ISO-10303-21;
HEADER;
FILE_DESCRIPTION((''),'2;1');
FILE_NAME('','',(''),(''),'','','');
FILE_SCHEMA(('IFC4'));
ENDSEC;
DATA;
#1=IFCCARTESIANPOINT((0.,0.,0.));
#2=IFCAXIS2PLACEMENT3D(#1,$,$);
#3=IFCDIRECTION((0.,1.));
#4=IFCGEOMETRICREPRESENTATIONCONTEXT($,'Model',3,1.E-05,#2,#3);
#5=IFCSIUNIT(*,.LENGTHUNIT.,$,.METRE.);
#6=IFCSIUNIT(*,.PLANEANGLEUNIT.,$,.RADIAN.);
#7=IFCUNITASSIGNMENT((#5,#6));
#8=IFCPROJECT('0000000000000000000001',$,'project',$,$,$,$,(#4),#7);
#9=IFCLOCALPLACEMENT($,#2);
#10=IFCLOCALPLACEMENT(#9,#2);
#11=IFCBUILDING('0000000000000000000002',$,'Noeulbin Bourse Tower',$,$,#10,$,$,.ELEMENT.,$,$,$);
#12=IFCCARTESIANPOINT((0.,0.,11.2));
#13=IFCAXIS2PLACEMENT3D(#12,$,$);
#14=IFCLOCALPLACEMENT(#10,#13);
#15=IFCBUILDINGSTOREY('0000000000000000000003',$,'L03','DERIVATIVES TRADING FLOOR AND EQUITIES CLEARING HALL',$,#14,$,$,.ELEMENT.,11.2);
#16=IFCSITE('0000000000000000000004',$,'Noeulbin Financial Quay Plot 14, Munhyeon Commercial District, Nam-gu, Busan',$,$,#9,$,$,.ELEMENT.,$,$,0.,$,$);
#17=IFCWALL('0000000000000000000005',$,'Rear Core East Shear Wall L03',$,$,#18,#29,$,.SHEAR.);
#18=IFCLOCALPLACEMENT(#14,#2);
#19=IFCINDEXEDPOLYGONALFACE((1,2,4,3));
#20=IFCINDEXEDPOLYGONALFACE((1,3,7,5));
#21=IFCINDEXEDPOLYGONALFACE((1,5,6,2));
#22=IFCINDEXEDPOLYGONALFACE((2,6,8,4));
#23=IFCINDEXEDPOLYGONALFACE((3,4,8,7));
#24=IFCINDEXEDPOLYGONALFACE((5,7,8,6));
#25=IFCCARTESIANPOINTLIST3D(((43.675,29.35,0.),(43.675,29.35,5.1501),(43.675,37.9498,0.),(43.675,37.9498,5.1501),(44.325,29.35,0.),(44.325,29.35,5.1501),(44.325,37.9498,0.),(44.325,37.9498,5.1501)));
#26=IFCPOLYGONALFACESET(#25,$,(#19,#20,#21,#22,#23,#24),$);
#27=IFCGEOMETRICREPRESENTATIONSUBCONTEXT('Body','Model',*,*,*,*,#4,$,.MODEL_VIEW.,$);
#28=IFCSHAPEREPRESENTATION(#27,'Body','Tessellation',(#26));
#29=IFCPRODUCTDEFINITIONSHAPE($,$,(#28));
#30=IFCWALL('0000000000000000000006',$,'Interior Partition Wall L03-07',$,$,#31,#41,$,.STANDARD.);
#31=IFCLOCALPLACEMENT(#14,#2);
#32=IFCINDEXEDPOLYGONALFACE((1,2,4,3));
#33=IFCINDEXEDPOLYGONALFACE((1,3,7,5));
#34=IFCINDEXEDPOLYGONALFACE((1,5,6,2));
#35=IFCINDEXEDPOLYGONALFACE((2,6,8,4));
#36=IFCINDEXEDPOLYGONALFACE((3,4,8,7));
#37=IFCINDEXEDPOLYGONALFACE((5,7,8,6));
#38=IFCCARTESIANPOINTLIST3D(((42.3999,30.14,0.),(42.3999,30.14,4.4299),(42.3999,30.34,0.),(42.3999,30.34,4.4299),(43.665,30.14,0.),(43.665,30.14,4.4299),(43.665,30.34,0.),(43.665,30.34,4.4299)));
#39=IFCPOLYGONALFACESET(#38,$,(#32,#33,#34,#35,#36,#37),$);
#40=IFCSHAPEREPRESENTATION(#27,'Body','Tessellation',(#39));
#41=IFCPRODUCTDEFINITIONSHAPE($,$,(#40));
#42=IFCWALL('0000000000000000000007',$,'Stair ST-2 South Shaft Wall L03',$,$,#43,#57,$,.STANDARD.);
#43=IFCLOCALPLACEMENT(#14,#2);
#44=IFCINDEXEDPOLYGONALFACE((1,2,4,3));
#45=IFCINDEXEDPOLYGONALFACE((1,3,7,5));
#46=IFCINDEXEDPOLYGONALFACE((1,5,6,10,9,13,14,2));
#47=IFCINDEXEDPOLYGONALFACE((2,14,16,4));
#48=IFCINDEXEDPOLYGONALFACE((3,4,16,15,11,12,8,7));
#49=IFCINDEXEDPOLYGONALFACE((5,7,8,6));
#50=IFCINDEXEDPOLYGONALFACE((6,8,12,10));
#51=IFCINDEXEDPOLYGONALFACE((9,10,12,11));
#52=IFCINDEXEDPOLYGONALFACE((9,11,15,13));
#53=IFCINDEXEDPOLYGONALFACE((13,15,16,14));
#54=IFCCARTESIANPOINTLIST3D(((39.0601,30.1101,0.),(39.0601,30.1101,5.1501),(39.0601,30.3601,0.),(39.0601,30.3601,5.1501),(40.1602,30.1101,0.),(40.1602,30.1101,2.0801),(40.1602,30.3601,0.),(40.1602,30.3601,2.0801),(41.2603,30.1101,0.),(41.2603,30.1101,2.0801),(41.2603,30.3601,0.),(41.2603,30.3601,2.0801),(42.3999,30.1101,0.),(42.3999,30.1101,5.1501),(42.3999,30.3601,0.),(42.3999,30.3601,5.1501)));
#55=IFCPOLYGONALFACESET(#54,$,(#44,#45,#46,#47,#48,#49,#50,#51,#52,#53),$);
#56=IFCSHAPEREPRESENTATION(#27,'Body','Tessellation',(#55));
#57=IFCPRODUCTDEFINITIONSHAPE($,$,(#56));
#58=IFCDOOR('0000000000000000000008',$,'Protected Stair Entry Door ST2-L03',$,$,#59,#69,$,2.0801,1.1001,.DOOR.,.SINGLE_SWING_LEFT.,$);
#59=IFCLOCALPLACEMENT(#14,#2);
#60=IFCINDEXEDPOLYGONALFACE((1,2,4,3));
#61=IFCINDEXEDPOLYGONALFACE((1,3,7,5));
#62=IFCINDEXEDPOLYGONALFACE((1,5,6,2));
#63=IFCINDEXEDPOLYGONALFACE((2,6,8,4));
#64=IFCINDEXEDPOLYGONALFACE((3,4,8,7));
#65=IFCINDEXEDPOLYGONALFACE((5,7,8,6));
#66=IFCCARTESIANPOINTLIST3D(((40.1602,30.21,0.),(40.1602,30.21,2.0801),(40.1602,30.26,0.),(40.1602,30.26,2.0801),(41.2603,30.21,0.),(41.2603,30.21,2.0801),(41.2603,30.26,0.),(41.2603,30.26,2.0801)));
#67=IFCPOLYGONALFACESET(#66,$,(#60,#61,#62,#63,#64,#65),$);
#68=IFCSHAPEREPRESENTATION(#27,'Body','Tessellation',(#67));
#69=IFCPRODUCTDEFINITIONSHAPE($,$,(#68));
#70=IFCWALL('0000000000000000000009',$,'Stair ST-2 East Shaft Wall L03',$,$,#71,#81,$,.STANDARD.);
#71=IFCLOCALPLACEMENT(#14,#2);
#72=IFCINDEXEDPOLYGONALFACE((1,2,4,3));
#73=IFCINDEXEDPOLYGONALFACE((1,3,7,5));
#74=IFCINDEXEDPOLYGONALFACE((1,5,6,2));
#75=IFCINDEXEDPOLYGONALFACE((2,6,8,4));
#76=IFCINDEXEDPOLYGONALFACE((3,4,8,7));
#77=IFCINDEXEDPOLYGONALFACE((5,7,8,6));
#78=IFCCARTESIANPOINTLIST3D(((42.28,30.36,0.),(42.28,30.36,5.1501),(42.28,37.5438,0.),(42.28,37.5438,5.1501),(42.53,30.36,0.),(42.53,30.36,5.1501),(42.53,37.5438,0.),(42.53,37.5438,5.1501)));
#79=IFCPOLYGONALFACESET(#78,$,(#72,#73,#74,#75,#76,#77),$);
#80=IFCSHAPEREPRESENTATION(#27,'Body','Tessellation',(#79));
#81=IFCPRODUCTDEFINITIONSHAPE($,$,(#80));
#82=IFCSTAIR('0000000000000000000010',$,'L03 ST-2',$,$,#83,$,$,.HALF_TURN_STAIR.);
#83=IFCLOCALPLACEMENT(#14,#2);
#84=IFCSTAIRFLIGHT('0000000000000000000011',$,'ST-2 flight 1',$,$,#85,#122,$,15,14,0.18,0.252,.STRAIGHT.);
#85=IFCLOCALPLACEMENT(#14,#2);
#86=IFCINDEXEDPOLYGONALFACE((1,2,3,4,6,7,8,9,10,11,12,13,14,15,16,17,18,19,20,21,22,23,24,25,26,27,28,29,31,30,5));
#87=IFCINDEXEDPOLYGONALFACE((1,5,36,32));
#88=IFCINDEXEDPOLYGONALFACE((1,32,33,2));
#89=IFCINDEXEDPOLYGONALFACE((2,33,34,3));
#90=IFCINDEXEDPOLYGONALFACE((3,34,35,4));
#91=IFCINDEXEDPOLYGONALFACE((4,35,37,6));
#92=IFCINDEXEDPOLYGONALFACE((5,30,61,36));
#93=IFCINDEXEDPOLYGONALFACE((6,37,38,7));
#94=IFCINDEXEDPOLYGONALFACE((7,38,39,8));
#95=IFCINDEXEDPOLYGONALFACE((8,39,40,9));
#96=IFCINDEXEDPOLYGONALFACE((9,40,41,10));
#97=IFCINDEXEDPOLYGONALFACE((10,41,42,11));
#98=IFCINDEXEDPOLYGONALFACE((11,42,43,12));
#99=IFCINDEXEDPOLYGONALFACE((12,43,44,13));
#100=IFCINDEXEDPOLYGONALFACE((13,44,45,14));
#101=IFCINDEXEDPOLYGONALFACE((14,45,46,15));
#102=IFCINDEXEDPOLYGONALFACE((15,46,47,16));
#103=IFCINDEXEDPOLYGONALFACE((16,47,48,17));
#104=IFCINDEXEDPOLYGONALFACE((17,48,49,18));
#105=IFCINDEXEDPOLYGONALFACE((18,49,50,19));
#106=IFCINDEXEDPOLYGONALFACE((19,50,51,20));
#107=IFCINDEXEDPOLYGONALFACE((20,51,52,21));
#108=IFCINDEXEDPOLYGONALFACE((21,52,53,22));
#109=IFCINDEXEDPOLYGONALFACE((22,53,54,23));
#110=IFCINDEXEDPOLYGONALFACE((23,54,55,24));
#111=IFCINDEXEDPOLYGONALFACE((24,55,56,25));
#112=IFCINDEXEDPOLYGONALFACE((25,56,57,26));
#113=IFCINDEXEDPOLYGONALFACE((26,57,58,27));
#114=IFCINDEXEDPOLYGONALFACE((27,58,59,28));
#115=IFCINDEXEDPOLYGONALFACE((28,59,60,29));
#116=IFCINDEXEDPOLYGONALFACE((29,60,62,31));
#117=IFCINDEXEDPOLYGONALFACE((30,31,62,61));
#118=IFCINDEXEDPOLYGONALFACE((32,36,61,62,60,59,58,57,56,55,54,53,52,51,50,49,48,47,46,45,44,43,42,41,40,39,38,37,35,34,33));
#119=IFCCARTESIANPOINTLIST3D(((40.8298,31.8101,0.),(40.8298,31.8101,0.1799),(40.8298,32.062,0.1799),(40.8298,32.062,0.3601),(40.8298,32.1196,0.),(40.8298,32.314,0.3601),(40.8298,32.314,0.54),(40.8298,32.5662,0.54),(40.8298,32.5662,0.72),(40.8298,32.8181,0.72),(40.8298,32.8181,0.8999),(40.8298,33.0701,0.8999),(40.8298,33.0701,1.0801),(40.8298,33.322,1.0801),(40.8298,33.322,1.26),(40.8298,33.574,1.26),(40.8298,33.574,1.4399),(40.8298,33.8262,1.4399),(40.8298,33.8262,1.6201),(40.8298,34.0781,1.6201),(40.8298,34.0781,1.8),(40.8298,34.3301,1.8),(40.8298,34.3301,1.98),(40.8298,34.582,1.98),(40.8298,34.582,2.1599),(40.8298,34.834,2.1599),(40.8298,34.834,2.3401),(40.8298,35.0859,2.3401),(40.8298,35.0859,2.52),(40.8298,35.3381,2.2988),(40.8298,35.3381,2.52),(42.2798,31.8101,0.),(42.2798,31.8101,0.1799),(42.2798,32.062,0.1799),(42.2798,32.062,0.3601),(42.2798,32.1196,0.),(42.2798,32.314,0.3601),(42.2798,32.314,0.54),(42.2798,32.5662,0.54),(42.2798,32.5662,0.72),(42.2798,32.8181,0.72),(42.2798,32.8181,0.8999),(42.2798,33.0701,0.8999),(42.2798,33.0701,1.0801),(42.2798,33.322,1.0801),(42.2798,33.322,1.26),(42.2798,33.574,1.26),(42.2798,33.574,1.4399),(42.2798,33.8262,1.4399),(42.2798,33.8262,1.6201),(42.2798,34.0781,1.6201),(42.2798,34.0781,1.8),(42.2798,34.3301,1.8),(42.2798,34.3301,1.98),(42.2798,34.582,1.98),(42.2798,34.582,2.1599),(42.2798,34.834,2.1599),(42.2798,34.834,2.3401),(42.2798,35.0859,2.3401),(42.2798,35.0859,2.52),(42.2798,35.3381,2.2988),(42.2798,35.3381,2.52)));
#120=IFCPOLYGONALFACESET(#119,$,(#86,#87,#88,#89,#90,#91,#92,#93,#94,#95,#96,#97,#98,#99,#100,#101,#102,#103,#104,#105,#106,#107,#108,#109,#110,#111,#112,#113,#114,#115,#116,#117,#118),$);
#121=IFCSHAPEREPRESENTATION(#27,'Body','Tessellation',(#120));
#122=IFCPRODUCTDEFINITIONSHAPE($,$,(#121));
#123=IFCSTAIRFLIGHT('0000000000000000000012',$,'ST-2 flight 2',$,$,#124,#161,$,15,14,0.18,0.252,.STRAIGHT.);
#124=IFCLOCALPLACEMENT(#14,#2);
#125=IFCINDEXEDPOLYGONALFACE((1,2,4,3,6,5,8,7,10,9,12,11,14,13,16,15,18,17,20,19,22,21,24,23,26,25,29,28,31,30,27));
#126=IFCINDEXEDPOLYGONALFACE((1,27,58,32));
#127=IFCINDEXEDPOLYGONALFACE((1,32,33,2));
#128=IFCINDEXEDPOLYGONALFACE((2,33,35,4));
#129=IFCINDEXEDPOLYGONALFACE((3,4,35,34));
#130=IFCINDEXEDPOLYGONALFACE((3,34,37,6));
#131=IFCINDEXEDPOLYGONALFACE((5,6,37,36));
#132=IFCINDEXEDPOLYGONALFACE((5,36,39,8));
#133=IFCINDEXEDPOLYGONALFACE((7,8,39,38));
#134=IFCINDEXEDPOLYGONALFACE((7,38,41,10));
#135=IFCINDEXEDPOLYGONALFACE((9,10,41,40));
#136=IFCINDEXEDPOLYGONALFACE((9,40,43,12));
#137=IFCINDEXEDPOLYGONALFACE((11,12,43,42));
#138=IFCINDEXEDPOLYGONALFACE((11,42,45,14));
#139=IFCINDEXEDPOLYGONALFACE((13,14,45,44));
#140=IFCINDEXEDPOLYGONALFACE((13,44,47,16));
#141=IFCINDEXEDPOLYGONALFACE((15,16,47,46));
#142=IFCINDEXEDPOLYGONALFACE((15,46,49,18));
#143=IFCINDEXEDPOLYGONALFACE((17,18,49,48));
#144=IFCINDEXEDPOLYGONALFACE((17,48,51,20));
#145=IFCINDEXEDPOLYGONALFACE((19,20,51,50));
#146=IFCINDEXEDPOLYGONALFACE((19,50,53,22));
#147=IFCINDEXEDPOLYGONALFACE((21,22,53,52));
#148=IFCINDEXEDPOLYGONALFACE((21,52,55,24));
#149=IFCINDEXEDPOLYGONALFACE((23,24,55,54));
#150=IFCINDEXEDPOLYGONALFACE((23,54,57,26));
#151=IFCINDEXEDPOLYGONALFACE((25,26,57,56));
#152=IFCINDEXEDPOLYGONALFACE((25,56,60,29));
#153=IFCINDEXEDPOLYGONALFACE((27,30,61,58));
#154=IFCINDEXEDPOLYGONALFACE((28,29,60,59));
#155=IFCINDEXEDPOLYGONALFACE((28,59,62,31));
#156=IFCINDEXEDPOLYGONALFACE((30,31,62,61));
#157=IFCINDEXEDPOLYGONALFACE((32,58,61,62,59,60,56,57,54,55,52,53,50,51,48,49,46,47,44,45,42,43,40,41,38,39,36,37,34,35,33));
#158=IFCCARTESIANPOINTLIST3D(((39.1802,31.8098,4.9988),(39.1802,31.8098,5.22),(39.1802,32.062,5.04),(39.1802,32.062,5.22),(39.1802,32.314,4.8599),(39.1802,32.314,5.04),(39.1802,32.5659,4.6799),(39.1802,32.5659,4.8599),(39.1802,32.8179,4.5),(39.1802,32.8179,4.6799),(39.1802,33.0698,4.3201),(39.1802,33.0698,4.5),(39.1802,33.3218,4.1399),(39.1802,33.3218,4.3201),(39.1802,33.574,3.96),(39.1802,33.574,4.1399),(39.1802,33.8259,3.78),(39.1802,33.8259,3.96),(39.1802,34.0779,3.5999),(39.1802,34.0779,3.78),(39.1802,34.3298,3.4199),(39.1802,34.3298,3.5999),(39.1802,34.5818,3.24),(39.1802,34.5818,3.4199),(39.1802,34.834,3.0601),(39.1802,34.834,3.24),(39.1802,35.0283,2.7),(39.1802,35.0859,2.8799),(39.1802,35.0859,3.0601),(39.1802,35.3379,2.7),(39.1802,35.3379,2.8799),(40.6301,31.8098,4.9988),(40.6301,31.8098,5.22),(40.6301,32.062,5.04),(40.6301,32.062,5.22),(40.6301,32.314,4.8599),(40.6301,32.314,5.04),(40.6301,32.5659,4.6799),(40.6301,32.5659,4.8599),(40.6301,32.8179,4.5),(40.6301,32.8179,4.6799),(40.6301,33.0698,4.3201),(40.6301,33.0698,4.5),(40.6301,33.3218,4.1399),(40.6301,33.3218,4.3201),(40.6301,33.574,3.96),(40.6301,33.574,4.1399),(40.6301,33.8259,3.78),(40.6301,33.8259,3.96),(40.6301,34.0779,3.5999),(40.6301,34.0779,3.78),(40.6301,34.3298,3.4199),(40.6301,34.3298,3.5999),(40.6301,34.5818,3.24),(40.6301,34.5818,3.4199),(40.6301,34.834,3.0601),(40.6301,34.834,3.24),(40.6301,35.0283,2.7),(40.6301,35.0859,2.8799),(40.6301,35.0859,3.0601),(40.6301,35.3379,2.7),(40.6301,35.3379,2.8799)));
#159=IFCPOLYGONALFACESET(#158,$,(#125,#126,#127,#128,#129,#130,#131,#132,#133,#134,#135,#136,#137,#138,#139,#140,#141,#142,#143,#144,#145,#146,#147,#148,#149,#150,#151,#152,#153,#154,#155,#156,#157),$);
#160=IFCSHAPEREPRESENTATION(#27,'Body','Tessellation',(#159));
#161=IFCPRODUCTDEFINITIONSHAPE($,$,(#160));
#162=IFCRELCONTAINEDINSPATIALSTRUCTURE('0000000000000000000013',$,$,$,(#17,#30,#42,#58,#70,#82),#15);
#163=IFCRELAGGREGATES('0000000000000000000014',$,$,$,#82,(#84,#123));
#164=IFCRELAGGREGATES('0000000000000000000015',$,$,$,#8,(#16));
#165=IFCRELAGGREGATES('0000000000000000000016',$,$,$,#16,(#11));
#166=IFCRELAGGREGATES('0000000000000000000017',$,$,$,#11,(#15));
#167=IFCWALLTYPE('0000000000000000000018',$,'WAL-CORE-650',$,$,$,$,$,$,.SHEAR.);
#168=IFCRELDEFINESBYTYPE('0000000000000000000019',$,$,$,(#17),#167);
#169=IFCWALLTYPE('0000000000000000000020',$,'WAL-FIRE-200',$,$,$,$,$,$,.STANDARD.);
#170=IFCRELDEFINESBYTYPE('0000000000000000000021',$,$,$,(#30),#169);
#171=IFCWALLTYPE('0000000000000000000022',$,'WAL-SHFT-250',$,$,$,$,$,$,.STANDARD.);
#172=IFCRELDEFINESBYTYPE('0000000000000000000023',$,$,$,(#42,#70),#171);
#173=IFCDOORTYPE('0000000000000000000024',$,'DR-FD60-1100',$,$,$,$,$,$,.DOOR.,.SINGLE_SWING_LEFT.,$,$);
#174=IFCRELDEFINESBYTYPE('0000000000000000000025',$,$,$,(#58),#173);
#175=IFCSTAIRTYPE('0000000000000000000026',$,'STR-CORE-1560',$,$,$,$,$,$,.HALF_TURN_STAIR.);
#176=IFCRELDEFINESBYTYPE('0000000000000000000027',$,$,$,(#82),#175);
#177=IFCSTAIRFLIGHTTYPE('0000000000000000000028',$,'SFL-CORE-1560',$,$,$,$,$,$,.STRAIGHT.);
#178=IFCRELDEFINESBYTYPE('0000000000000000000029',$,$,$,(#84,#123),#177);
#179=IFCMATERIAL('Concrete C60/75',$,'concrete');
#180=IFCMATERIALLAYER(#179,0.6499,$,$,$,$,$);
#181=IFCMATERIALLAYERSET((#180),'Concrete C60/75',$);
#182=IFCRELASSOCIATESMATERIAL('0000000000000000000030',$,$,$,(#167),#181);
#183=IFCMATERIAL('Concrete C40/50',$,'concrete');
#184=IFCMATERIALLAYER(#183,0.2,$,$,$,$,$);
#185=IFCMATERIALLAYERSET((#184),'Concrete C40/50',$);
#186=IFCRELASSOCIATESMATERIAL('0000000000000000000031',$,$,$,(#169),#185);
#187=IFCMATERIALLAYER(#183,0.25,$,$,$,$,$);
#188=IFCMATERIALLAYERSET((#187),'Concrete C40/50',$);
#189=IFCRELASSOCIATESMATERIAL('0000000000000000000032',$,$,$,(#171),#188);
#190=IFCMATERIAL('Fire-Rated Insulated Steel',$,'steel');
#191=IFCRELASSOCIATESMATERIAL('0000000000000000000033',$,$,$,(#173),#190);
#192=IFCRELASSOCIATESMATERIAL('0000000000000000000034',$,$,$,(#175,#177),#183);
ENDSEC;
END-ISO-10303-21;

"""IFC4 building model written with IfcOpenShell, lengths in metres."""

from ifc_helpers import new_model, si_unit, direction, frame, frame_2d, origin, place, context, subcontext, project, spatial, polyline, rectangle, outline, extrude, material, layer, layer_set, type_object, element, fill, aggregate, save


model = new_model("IFC4")

# Units and contexts
model_context = context("Model", 3, precision=1e-05, world=origin(), true_north=direction((0.0, 1.0)))
body_context = subcontext(model_context, "Body", "Model", "MODEL_VIEW")
ifc_project = project(units=[si_unit("LENGTHUNIT", "METRE"), si_unit("PLANEANGLEUNIT", "RADIAN")], contexts=[model_context])

# Site, building, storey
site_placement = place(None, origin())
site = spatial("IfcSite", under=ifc_project, at=site_placement, Name="Noeulbin Financial Quay Plot 14, Munhyeon Commercial District, Nam-gu, Busan", CompositionType="ELEMENT", RefElevation=0.0)
building_placement = place(site_placement, origin())
building = spatial("IfcBuilding", under=site, at=building_placement, Name="Noeulbin Bourse Tower", CompositionType="ELEMENT")
storey_placement = place(building_placement, frame((0.0, 0.0, 11.2)))
storey = spatial("IfcBuildingStorey", under=building, at=storey_placement, Name="L03", Description="DERIVATIVES TRADING FLOOR AND EQUITIES CLEARING HALL", CompositionType="ELEMENT", Elevation=11.2)

# Shared definitions
ifc_material_1 = material(Name="Concrete C60/75", Category="concrete")

# Walls
ifc_layer_1 = layer(ifc_material_1, 0.6499)
ifc_layer_set_1 = layer_set([ifc_layer_1], Name="Concrete C60/75")
wall_type_1 = type_object("IfcWallType", Name="WAL-CORE-650", PredefinedType="SHEAR", material=ifc_layer_set_1)
wall_1_placement = place(storey_placement, frame((44.0, 29.3501, 0.0), z_axis=(0.0, 0.0, 1.0), x_axis=(0.0, 1.0, 0.0)))
element("IfcWall", 1, at=wall_1_placement, inside=storey, type_object=wall_type_1, Name="Rear Core East Shear Wall L03", PredefinedType="SHEAR", context=body_context, shape_type="SweptSolid", body=[
    extrude(rectangle(XDim=8.5999, YDim=0.6499, at=frame_2d((4.2998, 0.0))), origin(), (0.0, 0.0, 1.0), 5.1501),
])
ifc_material_2 = material(Name="Concrete C40/50", Category="concrete")
ifc_layer_2 = layer(ifc_material_2, 0.2)
ifc_layer_set_2 = layer_set([ifc_layer_2], Name="Concrete C40/50")
wall_type_2 = type_object("IfcWallType", Name="WAL-FIRE-200", PredefinedType="STANDARD", material=ifc_layer_set_2)
wall_2_placement = place(storey_placement, frame((42.3999, 30.24, 0.0), z_axis=(0.0, 0.0, 1.0), x_axis=(1.0, 0.0, 0.0)))
element("IfcWall", 2, at=wall_2_placement, inside=storey, type_object=wall_type_2, Name="Interior Partition Wall L03-07", PredefinedType="STANDARD", context=body_context, shape_type="SweptSolid", body=[
    extrude(rectangle(XDim=1.2651, YDim=0.2, at=frame_2d((0.6326, 0.0))), origin(), (0.0, 0.0, 1.0), 4.4299),
])

# Wall, opening, door
ifc_layer_3 = layer(ifc_material_2, 0.25)
ifc_layer_set_3 = layer_set([ifc_layer_3], Name="Concrete C40/50")
wall_type_3 = type_object("IfcWallType", Name="WAL-SHFT-250", PredefinedType="STANDARD", material=ifc_layer_set_3)
wall_3_placement = place(storey_placement, frame((39.0601, 30.2351, 0.0), z_axis=(0.0, 0.0, 1.0), x_axis=(1.0, 0.0, 0.0)))
wall_3 = element("IfcWall", 3, at=wall_3_placement, inside=storey, type_object=wall_type_3, Name="Stair ST-2 South Shaft Wall L03", PredefinedType="STANDARD", context=body_context, shape_type="SweptSolid", body=[
    extrude(rectangle(XDim=3.3398, YDim=0.25, at=frame_2d((1.6699, 0.0))), origin(), (0.0, 0.0, 1.0), 5.1501),
])
opening_placement = place(wall_3_placement, frame((1.1001, 0.0, 0.0)))
opening = element("IfcOpeningElement", 4, at=opening_placement, cuts=wall_3, PredefinedType="OPENING", context=body_context, shape_type="SweptSolid", body=[
    extrude(rectangle(XDim=1.1001, YDim=2.0801, at=frame_2d((0.55, 1.04))), frame((0.0, 0.135, 0.0), z_axis=(0.0, -1.0, 0.0), x_axis=(1.0, 0.0, 0.0)), (0.0, 0.0, 1.0), 0.27),
])
ifc_material_3 = material(Name="Fire-Rated Insulated Steel", Category="steel")
door_type = type_object("IfcDoorType", Name="DR-FD60-1100", OperationType="SINGLE_SWING_LEFT", PredefinedType="DOOR", material=ifc_material_3)
door_placement = place(opening_placement, origin())
door = element("IfcDoor", 5, at=door_placement, inside=storey, type_object=door_type, Name="Protected Stair Entry Door ST2-L03", OperationType="SINGLE_SWING_LEFT", OverallHeight=2.0801, OverallWidth=1.1001, PredefinedType="DOOR", context=body_context, shape_type="SweptSolid", body=[
    extrude(rectangle(XDim=1.1001, YDim=2.0801, at=frame_2d((0.55, 1.04))), frame((0.0, 0.0249, 0.0), z_axis=(0.0, -1.0, 0.0), x_axis=(1.0, 0.0, 0.0)), (0.0, 0.0, 1.0), 0.05),
])
fill(opening, door)

# Wall
wall_4_placement = place(storey_placement, frame((42.405, 30.3601, 0.0), z_axis=(0.0, 0.0, 1.0), x_axis=(0.0, 1.0, 0.0)))
element("IfcWall", 6, at=wall_4_placement, inside=storey, type_object=wall_type_3, Name="Stair ST-2 East Shaft Wall L03", PredefinedType="STANDARD", context=body_context, shape_type="SweptSolid", body=[
    extrude(rectangle(XDim=7.1838, YDim=0.25, at=frame_2d((3.5918, 0.0))), origin(), (0.0, 0.0, 1.0), 5.1501),
])

# Stair, stair flights
stair_type = type_object("IfcStairType", Name="STR-CORE-1560", PredefinedType="HALF_TURN_STAIR", material=ifc_material_2)
stair_placement = place(storey_placement, origin())
stair = element("IfcStair", 7, at=stair_placement, inside=storey, type_object=stair_type, Name="L03 ST-2", PredefinedType="HALF_TURN_STAIR")
stair_flight_type = type_object("IfcStairFlightType", Name="SFL-CORE-1560", PredefinedType="STRAIGHT", material=ifc_material_2)
stair_flight_1_placement = place(storey_placement, frame((41.5549, 31.8101, 0.0), z_axis=(0.0, 0.0, 1.0), x_axis=(0.0, 1.0, 0.0)))
stair_flight_1 = element("IfcStairFlight", 8, at=stair_flight_1_placement, type_object=stair_flight_type, Name="ST-2 flight 1", NumberOfRisers=15, NumberOfTreads=14, PredefinedType="STRAIGHT", RiserHeight=0.18, TreadLength=0.252, context=body_context, shape_type="SweptSolid", body=[
    extrude(outline(polyline([(0.0, 0.0), (0.0, 0.1799), (0.252, 0.1799), (0.252, 0.3601), (0.5039, 0.3601), (0.5039, 0.54), (0.7561, 0.54), (0.7561, 0.72), (1.0081, 0.72), (1.0081, 0.8999), (1.26, 0.8999), (1.26, 1.0801), (1.512, 1.0801), (1.512, 1.26), (1.7639, 1.26), (1.7639, 1.4399), (2.0161, 1.4399), (2.0161, 1.6201), (2.2681, 1.6201), (2.2681, 1.8), (2.52, 1.8), (2.52, 1.98), (2.772, 1.98), (2.772, 2.1599), (3.0239, 2.1599), (3.0239, 2.3401), (3.2759, 2.3401), (3.2759, 2.52), (3.5281, 2.52), (3.5281, 2.7), (3.5281, 2.2988), (0.3096, 0.0), (0.0, 0.0)])), frame((0.0, 0.7251, 0.0), z_axis=(0.0, -1.0, 0.0), x_axis=(1.0, 0.0, 0.0)), (0.0, 0.0, 1.0), 1.45),
])
stair_flight_2_placement = place(storey_placement, frame((39.905, 35.3379, 2.7), z_axis=(0.0, 0.0, 1.0), x_axis=(0.0, -1.0, 0.0)))
stair_flight_2 = element("IfcStairFlight", 9, at=stair_flight_2_placement, type_object=stair_flight_type, Name="ST-2 flight 2", NumberOfRisers=15, NumberOfTreads=14, PredefinedType="STRAIGHT", RiserHeight=0.18, TreadLength=0.252, context=body_context, shape_type="SweptSolid", body=[
    extrude(outline(polyline([(0.0, 0.0), (0.0, 0.1799), (0.252, 0.1799), (0.252, 0.3601), (0.5039, 0.3601), (0.5039, 0.54), (0.7561, 0.54), (0.7561, 0.72), (1.0081, 0.72), (1.0081, 0.8999), (1.26, 0.8999), (1.26, 1.0801), (1.512, 1.0801), (1.512, 1.26), (1.7639, 1.26), (1.7639, 1.4399), (2.0161, 1.4399), (2.0161, 1.6201), (2.2681, 1.6201), (2.2681, 1.8), (2.52, 1.8), (2.52, 1.98), (2.772, 1.98), (2.772, 2.1599), (3.0239, 2.1599), (3.0239, 2.3401), (3.2759, 2.3401), (3.2759, 2.52), (3.5281, 2.52), (3.5281, 2.7), (3.5281, 2.2988), (0.3096, 0.0), (0.0, 0.0)])), frame((0.0, 0.7251, 0.0), z_axis=(0.0, -1.0, 0.0), x_axis=(1.0, 0.0, 0.0)), (0.0, 0.0, 1.0), 1.45),
])
aggregate(stair, [stair_flight_1, stair_flight_2])

save(model, "model.ifc")
